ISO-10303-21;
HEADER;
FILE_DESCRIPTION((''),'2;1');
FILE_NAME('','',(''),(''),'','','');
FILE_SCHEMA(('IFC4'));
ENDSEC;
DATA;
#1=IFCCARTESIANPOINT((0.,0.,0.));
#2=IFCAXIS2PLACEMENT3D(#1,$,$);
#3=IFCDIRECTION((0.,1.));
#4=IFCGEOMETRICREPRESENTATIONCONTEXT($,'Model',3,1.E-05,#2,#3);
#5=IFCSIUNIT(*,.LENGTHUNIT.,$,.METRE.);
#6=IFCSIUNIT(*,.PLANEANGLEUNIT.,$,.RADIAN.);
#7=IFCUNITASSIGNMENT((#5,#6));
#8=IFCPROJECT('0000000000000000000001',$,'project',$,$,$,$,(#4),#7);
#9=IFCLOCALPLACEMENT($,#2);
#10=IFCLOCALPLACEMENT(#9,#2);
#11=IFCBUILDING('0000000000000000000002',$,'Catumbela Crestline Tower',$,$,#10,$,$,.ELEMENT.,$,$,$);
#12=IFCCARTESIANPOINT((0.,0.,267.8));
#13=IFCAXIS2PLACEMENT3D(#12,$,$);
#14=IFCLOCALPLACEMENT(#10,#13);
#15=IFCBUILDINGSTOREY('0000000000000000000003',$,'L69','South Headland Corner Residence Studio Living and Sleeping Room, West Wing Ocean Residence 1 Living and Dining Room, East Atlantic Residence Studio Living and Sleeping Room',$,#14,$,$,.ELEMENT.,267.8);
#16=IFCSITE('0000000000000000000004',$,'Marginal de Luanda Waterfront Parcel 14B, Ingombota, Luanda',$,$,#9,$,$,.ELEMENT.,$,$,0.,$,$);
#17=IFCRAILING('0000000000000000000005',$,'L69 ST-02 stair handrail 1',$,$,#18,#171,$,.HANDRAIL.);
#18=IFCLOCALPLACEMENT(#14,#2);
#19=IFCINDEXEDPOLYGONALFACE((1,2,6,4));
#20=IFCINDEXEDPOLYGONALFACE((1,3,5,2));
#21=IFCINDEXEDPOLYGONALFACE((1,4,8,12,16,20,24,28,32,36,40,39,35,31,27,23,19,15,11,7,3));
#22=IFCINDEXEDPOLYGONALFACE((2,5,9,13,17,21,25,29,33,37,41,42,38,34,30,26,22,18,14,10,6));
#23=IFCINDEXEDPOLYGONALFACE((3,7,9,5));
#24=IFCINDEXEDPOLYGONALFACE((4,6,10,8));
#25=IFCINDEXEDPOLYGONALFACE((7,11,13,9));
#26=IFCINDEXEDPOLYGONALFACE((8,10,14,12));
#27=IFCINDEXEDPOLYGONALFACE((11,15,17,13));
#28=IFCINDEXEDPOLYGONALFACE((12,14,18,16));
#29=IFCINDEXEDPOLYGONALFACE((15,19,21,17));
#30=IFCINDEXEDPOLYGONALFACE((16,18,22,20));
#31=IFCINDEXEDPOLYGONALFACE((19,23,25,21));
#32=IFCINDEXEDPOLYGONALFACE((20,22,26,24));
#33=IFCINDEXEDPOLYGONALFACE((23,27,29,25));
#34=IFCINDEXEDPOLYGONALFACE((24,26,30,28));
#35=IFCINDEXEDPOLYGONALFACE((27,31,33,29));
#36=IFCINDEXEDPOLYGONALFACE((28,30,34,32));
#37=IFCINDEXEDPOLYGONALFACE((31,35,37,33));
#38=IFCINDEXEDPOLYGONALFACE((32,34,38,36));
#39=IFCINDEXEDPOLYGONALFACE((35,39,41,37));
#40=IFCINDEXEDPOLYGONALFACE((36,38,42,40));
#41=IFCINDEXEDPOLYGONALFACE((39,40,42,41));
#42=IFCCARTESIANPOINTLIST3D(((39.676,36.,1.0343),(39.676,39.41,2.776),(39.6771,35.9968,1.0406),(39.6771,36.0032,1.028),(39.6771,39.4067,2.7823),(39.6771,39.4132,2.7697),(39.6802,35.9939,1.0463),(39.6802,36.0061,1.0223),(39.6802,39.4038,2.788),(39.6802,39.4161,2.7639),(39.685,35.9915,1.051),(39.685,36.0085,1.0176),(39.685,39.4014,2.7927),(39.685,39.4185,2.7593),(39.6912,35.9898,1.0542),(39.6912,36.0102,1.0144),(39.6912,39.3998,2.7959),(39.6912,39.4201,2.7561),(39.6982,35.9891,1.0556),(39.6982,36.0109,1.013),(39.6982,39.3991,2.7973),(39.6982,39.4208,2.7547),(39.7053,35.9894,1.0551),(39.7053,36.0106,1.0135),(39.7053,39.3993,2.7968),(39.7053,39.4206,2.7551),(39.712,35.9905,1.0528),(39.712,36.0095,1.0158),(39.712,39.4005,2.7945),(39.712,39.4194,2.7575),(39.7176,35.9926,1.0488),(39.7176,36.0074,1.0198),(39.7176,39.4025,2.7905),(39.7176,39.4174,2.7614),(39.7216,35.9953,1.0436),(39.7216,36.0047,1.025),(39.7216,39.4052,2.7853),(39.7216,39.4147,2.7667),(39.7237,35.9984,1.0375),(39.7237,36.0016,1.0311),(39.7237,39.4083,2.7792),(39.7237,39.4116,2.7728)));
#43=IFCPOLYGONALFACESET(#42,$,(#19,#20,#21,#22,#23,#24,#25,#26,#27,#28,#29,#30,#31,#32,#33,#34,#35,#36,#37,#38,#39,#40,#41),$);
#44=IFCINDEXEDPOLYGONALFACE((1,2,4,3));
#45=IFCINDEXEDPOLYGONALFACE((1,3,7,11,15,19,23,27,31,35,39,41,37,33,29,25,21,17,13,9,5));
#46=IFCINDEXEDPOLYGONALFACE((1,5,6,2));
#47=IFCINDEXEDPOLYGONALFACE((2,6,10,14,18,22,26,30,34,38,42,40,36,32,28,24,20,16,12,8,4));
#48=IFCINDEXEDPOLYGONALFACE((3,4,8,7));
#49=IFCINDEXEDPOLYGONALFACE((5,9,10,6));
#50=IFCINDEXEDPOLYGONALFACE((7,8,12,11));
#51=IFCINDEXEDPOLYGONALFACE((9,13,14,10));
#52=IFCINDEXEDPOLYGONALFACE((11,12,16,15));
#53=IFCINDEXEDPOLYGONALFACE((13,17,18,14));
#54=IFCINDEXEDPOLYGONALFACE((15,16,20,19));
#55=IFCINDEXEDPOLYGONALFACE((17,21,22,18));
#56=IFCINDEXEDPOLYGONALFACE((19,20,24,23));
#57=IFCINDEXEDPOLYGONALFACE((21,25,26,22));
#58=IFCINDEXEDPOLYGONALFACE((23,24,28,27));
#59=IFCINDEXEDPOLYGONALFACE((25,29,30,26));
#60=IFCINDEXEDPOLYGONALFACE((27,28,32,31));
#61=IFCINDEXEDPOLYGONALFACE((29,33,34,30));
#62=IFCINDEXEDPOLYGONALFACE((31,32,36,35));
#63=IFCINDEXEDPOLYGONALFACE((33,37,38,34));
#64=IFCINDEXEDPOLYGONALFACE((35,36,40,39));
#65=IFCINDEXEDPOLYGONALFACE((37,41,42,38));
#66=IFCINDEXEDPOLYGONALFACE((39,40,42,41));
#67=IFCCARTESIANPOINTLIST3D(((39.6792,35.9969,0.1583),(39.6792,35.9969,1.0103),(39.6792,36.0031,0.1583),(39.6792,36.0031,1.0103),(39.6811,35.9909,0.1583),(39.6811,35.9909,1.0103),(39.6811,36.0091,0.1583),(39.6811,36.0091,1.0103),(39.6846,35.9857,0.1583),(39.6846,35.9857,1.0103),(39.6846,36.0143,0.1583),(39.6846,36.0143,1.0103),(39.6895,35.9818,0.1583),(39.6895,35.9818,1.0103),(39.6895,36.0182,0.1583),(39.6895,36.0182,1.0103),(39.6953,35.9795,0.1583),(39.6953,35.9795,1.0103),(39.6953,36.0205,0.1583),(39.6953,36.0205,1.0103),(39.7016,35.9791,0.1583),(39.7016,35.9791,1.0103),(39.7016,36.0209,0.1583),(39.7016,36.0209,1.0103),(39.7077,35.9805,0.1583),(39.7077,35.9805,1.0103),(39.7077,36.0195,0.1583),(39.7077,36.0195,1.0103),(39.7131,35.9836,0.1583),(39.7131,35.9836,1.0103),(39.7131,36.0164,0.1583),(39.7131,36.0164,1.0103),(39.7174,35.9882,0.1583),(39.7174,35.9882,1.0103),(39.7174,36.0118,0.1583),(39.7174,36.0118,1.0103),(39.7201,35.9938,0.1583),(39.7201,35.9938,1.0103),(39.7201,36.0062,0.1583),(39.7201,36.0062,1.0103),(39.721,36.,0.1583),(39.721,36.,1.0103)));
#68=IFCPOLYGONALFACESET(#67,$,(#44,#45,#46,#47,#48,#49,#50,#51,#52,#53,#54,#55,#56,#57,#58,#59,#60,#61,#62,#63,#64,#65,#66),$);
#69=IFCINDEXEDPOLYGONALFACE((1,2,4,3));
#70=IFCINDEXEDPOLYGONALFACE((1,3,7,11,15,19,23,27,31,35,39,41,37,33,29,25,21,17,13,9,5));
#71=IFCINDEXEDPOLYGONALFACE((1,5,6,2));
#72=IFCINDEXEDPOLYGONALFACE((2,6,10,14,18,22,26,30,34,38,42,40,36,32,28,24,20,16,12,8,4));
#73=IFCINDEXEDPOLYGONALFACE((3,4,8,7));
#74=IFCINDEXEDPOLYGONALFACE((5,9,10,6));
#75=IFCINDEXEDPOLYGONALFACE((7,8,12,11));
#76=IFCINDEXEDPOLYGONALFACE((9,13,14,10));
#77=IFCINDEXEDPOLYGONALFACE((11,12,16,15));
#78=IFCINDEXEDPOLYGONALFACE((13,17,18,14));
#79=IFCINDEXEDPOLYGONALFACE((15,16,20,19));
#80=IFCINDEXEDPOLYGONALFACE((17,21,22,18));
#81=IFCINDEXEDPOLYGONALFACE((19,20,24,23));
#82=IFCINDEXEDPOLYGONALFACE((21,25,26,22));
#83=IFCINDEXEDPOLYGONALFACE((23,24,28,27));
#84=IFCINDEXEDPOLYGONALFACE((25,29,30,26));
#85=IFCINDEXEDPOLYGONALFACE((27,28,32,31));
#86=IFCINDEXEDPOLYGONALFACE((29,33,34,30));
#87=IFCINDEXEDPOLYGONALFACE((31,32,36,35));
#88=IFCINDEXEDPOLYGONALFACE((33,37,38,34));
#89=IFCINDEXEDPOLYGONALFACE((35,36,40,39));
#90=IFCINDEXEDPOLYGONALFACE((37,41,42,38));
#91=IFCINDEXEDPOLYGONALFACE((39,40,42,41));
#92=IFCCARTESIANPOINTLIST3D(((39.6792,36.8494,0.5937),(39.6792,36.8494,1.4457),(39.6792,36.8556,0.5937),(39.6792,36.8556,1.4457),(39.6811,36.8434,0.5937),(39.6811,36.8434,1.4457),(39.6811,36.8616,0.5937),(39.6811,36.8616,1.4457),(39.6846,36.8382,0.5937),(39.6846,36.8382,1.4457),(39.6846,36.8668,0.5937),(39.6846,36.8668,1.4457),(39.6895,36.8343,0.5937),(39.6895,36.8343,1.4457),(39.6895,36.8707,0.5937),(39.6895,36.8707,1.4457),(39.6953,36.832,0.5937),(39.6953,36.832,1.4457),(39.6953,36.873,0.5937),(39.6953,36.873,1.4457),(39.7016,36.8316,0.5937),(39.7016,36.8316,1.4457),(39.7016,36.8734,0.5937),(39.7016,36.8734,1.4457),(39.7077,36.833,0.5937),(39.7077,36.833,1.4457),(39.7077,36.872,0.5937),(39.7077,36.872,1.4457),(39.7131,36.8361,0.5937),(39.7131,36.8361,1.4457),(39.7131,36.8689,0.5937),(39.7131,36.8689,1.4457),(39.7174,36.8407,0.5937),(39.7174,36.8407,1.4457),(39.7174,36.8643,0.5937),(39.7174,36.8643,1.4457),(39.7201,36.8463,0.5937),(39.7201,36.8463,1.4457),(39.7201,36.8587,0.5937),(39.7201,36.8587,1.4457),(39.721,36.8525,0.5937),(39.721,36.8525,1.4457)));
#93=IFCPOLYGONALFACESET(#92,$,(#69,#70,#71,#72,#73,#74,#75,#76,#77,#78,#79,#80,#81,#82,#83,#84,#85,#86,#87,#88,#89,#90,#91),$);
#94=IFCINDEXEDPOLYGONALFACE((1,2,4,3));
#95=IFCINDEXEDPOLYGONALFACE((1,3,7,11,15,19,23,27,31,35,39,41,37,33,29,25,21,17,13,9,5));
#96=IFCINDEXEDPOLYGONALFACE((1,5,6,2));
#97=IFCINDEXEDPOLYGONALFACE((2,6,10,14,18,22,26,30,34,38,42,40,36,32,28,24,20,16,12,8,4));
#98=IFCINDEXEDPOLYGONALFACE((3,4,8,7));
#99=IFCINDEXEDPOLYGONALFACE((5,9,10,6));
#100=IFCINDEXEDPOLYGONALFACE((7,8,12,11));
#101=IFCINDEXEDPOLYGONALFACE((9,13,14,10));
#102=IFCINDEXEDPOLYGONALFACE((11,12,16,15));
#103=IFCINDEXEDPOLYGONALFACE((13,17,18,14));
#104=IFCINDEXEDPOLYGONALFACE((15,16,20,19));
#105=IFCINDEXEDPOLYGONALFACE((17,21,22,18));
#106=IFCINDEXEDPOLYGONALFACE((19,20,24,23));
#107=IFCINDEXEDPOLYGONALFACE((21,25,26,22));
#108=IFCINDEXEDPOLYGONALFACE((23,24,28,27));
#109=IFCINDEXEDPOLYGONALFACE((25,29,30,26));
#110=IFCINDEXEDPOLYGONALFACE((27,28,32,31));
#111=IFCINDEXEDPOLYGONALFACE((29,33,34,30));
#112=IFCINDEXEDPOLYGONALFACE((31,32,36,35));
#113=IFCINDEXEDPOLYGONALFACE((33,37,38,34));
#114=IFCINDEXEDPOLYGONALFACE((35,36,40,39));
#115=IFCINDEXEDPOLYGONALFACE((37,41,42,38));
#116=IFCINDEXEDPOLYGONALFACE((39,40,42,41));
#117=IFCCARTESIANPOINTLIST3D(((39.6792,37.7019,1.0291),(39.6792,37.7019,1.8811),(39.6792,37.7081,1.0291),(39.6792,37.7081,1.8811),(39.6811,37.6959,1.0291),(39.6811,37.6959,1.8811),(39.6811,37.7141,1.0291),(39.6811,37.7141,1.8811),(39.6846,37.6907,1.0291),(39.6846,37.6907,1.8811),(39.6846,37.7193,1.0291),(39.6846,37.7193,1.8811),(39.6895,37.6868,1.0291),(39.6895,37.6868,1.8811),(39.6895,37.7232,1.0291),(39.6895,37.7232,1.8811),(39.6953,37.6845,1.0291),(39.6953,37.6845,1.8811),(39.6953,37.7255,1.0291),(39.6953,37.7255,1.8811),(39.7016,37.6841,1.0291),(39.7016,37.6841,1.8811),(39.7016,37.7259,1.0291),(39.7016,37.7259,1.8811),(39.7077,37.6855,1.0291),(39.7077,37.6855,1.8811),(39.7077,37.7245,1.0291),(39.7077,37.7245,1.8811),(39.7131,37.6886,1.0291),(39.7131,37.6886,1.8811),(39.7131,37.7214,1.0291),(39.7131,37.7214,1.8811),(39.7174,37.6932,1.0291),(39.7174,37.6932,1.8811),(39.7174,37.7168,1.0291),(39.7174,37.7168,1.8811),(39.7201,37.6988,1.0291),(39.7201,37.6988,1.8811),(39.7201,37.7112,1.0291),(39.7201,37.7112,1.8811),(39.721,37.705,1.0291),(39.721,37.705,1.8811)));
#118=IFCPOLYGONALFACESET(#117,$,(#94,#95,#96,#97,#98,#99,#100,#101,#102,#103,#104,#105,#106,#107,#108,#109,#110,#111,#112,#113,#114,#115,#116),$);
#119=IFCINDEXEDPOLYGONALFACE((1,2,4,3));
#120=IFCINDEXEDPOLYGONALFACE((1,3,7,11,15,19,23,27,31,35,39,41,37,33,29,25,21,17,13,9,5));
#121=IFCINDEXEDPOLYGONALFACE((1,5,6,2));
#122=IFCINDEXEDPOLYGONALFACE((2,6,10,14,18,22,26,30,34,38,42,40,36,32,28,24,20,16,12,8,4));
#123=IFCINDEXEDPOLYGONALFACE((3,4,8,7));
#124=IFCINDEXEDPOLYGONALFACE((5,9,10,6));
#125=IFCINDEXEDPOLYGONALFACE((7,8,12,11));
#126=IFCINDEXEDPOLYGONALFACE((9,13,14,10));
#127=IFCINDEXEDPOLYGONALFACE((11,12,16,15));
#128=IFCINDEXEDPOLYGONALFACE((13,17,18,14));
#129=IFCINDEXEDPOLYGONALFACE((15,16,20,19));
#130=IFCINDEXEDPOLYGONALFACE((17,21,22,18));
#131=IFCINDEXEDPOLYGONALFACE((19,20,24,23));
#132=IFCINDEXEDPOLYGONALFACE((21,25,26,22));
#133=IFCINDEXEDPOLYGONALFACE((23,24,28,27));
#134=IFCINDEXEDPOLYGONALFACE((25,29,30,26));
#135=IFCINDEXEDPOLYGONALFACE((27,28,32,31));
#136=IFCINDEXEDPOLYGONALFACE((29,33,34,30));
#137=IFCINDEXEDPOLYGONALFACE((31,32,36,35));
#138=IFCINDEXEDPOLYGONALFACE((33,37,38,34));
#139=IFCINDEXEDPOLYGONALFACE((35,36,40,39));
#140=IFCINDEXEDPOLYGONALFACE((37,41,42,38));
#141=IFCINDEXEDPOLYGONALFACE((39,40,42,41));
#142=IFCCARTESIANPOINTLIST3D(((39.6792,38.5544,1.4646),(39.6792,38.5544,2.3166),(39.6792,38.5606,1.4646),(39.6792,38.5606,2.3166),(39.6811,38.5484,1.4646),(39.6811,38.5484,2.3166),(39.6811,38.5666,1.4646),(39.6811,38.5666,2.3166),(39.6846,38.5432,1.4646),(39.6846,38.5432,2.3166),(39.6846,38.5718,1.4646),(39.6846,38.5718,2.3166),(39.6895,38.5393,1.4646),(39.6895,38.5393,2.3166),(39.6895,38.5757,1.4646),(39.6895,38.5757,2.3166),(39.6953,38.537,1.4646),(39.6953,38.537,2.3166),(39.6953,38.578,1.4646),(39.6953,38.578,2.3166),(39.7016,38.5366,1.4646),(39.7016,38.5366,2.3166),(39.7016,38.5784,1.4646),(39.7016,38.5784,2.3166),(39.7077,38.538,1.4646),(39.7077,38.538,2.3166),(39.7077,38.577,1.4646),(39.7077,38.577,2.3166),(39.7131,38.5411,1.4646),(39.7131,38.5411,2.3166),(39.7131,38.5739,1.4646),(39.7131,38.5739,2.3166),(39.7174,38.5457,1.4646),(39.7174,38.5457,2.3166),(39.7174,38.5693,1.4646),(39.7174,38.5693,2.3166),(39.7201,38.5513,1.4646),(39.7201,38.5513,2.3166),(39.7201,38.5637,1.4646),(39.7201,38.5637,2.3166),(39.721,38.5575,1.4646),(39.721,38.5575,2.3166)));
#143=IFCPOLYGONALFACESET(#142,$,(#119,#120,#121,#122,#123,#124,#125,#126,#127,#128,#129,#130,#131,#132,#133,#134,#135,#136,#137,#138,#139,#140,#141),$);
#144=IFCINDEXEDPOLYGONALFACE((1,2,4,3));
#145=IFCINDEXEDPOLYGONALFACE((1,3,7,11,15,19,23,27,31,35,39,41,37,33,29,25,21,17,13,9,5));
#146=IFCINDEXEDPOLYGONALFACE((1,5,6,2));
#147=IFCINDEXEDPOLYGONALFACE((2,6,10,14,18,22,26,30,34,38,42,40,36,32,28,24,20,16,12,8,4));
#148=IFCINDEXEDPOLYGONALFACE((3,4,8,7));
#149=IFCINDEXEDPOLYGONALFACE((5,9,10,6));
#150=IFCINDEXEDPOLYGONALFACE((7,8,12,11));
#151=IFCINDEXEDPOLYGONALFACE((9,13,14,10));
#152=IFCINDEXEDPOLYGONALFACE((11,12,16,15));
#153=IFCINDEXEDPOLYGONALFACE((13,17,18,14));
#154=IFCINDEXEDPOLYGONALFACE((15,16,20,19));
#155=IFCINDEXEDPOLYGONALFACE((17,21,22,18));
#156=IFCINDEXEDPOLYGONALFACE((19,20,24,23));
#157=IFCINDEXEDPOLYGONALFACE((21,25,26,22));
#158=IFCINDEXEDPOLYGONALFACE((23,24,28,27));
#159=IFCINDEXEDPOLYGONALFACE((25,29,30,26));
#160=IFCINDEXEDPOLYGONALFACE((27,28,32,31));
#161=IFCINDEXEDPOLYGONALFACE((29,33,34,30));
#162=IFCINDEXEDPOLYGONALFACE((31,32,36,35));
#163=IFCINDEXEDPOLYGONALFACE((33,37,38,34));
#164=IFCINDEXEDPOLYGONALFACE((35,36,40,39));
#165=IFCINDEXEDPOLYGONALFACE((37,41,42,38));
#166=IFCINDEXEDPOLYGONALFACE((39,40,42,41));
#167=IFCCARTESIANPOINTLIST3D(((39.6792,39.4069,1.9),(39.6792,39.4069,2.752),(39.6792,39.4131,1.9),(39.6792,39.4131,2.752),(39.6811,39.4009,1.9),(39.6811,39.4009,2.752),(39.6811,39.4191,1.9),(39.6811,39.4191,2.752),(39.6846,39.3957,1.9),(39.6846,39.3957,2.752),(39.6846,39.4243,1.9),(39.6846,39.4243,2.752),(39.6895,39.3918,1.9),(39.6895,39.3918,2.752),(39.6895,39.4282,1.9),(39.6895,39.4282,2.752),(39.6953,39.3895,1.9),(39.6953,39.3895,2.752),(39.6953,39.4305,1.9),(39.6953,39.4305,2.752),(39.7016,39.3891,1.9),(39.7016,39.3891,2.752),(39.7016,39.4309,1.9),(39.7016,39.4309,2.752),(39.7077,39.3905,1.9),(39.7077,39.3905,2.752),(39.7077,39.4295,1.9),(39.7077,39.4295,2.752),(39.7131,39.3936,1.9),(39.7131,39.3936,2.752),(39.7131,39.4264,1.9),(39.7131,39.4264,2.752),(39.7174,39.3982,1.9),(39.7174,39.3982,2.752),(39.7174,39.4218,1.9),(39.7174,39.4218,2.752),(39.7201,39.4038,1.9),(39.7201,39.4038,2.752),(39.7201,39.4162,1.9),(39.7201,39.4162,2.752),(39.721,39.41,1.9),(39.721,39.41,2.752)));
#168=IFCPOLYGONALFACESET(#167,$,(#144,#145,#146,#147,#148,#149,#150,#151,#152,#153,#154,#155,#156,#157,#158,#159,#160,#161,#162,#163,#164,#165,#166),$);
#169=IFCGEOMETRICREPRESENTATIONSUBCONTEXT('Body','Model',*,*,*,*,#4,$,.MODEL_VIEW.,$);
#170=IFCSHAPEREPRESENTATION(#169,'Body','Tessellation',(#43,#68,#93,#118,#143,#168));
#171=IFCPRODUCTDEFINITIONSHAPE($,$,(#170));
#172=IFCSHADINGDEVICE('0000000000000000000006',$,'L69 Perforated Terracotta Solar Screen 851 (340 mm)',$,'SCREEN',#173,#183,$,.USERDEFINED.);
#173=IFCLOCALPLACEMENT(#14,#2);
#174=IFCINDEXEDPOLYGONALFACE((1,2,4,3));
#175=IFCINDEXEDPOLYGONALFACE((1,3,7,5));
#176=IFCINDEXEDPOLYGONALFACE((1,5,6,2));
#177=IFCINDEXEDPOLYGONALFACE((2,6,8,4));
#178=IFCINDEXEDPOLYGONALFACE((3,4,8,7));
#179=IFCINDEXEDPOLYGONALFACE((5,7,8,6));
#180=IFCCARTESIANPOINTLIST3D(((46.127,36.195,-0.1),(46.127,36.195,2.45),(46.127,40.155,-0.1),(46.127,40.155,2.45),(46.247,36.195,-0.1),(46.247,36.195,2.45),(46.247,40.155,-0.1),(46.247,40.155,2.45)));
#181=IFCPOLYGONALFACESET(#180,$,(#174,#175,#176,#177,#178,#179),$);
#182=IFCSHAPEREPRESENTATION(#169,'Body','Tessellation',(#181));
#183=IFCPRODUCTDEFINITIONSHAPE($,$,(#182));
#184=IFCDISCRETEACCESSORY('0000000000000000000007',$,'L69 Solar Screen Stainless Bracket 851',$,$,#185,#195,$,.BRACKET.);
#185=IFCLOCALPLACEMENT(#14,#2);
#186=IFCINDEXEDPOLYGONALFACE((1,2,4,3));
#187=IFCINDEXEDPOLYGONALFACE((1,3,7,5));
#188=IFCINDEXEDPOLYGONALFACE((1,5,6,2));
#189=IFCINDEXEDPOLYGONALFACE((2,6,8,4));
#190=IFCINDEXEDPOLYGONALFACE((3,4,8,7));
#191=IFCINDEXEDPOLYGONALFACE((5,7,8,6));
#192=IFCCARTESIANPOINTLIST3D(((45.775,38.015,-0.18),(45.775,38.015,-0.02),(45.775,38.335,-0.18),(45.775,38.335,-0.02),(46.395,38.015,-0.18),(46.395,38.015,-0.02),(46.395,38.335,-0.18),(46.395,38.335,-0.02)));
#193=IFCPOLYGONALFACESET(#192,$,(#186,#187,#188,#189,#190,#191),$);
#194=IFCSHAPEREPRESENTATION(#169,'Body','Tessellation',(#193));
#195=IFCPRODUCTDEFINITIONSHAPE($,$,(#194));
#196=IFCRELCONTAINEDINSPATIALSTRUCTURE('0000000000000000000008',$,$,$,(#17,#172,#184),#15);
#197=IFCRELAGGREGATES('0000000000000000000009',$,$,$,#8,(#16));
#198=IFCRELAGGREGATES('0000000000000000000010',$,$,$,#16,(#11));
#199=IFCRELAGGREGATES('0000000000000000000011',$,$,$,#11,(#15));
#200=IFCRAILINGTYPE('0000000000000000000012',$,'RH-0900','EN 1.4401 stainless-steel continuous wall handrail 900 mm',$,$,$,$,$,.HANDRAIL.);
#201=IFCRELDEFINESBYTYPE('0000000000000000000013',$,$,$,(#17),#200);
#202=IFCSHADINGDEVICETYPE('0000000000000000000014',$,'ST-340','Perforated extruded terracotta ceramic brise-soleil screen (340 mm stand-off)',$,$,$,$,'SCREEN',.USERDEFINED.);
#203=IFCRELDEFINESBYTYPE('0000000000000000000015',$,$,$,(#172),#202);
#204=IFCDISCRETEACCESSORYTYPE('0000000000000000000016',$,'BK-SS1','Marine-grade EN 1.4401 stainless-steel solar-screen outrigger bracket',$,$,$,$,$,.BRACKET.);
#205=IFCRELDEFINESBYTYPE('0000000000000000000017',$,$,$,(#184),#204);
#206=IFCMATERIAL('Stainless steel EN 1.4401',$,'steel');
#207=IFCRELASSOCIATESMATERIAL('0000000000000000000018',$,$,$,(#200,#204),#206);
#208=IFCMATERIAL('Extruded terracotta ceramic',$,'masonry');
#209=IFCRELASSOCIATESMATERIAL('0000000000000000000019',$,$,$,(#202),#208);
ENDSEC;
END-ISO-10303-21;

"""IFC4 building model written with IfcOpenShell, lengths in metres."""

from ifc_helpers import new_model, si_unit, direction, frame, origin, origin_2d, place, context, subcontext, project, spatial, rectangle, circle, extrude, material, type_object, element, save


model = new_model("IFC4")

# Units and contexts
model_context = context("Model", 3, precision=1e-05, world=origin(), true_north=direction((0.0, 1.0)))
body_context = subcontext(model_context, "Body", "Model", "MODEL_VIEW")
ifc_project = project(units=[si_unit("LENGTHUNIT", "METRE"), si_unit("PLANEANGLEUNIT", "RADIAN")], contexts=[model_context])

# Site, building, storey
site_placement = place(None, origin())
site = spatial("IfcSite", under=ifc_project, at=site_placement, Name="Marginal de Luanda Waterfront Parcel 14B, Ingombota, Luanda", CompositionType="ELEMENT", RefElevation=0.0)
building_placement = place(site_placement, origin())
building = spatial("IfcBuilding", under=site, at=building_placement, Name="Catumbela Crestline Tower", CompositionType="ELEMENT")
storey_placement = place(building_placement, frame((0.0, 0.0, 267.8)))
storey = spatial("IfcBuildingStorey", under=building, at=storey_placement, Name="L69", Description="South Headland Corner Residence Studio Living and Sleeping Room, West Wing Ocean Residence 1 Living and Dining Room, East Atlantic Residence Studio Living and Sleeping Room", CompositionType="ELEMENT", Elevation=267.8)

# Railing
ifc_material_1 = material(Name="Stainless steel EN 1.4401", Category="steel")
railing_type = type_object("IfcRailingType", Name="RH-0900", Description="EN 1.4401 stainless-steel continuous wall handrail 900 mm", PredefinedType="HANDRAIL", material=ifc_material_1)
railing_placement = place(storey_placement, frame((39.7, 36.0, 0.1583)))
element("IfcRailing", 1, at=railing_placement, inside=storey, type_object=railing_type, Name="L69 ST-02 stair handrail 1", PredefinedType="HANDRAIL", context=body_context, shape_type="SweptSolid", body=[
    extrude(circle(Radius=0.024, at=origin_2d()), frame((0.0, 0.0, 0.876), z_axis=(0.0, 0.89056, 0.454865), x_axis=(-1.0, 0.0, 0.0)), (0.0, 0.0, 1.0), 3.829),
    extrude(circle(Radius=0.021, at=origin_2d()), origin(), (0.0, 0.0, 1.0), 0.852),
    extrude(circle(Radius=0.021, at=origin_2d()), frame((0.0, 0.8525, 0.4354)), (0.0, 0.0, 1.0), 0.852),
    extrude(circle(Radius=0.021, at=origin_2d()), frame((0.0, 1.705, 0.8708)), (0.0, 0.0, 1.0), 0.852),
    extrude(circle(Radius=0.021, at=origin_2d()), frame((0.0, 2.5575, 1.3063)), (0.0, 0.0, 1.0), 0.852),
    extrude(circle(Radius=0.021, at=origin_2d()), frame((0.0, 3.41, 1.7417)), (0.0, 0.0, 1.0), 0.852),
])

# Shading device
ifc_material_2 = material(Name="Extruded terracotta ceramic", Category="masonry")
shading_device_type = type_object("IfcShadingDeviceType", Name="ST-340", Description="Perforated extruded terracotta ceramic brise-soleil screen (340 mm stand-off)", ElementType="SCREEN", PredefinedType="USERDEFINED", material=ifc_material_2)
shading_device_placement = place(storey_placement, frame((46.187, 38.175, -0.1), z_axis=(0.0, 0.0, 1.0), x_axis=(0.0, 1.0, 0.0)))
element("IfcShadingDevice", 2, at=shading_device_placement, inside=storey, type_object=shading_device_type, Name="L69 Perforated Terracotta Solar Screen 851 (340 mm)", ObjectType="SCREEN", PredefinedType="USERDEFINED", context=body_context, shape_type="SweptSolid", body=[
    extrude(rectangle(XDim=3.96, YDim=0.12, at=origin_2d()), origin(), (0.0, 0.0, 1.0), 2.55),
])

# Discrete accessory
discrete_accessory_type = type_object("IfcDiscreteAccessoryType", Name="BK-SS1", Description="Marine-grade EN 1.4401 stainless-steel solar-screen outrigger bracket", PredefinedType="BRACKET", material=ifc_material_1)
discrete_accessory_placement = place(storey_placement, frame((46.085, 38.175, -0.18), z_axis=(0.0, 0.0, 1.0), x_axis=(0.0, 1.0, 0.0)))
element("IfcDiscreteAccessory", 3, at=discrete_accessory_placement, inside=storey, type_object=discrete_accessory_type, Name="L69 Solar Screen Stainless Bracket 851", PredefinedType="BRACKET", context=body_context, shape_type="SweptSolid", body=[
    extrude(rectangle(XDim=0.32, YDim=0.62, at=origin_2d()), origin(), (0.0, 0.0, 1.0), 0.16),
])

save(model, "model.ifc")
